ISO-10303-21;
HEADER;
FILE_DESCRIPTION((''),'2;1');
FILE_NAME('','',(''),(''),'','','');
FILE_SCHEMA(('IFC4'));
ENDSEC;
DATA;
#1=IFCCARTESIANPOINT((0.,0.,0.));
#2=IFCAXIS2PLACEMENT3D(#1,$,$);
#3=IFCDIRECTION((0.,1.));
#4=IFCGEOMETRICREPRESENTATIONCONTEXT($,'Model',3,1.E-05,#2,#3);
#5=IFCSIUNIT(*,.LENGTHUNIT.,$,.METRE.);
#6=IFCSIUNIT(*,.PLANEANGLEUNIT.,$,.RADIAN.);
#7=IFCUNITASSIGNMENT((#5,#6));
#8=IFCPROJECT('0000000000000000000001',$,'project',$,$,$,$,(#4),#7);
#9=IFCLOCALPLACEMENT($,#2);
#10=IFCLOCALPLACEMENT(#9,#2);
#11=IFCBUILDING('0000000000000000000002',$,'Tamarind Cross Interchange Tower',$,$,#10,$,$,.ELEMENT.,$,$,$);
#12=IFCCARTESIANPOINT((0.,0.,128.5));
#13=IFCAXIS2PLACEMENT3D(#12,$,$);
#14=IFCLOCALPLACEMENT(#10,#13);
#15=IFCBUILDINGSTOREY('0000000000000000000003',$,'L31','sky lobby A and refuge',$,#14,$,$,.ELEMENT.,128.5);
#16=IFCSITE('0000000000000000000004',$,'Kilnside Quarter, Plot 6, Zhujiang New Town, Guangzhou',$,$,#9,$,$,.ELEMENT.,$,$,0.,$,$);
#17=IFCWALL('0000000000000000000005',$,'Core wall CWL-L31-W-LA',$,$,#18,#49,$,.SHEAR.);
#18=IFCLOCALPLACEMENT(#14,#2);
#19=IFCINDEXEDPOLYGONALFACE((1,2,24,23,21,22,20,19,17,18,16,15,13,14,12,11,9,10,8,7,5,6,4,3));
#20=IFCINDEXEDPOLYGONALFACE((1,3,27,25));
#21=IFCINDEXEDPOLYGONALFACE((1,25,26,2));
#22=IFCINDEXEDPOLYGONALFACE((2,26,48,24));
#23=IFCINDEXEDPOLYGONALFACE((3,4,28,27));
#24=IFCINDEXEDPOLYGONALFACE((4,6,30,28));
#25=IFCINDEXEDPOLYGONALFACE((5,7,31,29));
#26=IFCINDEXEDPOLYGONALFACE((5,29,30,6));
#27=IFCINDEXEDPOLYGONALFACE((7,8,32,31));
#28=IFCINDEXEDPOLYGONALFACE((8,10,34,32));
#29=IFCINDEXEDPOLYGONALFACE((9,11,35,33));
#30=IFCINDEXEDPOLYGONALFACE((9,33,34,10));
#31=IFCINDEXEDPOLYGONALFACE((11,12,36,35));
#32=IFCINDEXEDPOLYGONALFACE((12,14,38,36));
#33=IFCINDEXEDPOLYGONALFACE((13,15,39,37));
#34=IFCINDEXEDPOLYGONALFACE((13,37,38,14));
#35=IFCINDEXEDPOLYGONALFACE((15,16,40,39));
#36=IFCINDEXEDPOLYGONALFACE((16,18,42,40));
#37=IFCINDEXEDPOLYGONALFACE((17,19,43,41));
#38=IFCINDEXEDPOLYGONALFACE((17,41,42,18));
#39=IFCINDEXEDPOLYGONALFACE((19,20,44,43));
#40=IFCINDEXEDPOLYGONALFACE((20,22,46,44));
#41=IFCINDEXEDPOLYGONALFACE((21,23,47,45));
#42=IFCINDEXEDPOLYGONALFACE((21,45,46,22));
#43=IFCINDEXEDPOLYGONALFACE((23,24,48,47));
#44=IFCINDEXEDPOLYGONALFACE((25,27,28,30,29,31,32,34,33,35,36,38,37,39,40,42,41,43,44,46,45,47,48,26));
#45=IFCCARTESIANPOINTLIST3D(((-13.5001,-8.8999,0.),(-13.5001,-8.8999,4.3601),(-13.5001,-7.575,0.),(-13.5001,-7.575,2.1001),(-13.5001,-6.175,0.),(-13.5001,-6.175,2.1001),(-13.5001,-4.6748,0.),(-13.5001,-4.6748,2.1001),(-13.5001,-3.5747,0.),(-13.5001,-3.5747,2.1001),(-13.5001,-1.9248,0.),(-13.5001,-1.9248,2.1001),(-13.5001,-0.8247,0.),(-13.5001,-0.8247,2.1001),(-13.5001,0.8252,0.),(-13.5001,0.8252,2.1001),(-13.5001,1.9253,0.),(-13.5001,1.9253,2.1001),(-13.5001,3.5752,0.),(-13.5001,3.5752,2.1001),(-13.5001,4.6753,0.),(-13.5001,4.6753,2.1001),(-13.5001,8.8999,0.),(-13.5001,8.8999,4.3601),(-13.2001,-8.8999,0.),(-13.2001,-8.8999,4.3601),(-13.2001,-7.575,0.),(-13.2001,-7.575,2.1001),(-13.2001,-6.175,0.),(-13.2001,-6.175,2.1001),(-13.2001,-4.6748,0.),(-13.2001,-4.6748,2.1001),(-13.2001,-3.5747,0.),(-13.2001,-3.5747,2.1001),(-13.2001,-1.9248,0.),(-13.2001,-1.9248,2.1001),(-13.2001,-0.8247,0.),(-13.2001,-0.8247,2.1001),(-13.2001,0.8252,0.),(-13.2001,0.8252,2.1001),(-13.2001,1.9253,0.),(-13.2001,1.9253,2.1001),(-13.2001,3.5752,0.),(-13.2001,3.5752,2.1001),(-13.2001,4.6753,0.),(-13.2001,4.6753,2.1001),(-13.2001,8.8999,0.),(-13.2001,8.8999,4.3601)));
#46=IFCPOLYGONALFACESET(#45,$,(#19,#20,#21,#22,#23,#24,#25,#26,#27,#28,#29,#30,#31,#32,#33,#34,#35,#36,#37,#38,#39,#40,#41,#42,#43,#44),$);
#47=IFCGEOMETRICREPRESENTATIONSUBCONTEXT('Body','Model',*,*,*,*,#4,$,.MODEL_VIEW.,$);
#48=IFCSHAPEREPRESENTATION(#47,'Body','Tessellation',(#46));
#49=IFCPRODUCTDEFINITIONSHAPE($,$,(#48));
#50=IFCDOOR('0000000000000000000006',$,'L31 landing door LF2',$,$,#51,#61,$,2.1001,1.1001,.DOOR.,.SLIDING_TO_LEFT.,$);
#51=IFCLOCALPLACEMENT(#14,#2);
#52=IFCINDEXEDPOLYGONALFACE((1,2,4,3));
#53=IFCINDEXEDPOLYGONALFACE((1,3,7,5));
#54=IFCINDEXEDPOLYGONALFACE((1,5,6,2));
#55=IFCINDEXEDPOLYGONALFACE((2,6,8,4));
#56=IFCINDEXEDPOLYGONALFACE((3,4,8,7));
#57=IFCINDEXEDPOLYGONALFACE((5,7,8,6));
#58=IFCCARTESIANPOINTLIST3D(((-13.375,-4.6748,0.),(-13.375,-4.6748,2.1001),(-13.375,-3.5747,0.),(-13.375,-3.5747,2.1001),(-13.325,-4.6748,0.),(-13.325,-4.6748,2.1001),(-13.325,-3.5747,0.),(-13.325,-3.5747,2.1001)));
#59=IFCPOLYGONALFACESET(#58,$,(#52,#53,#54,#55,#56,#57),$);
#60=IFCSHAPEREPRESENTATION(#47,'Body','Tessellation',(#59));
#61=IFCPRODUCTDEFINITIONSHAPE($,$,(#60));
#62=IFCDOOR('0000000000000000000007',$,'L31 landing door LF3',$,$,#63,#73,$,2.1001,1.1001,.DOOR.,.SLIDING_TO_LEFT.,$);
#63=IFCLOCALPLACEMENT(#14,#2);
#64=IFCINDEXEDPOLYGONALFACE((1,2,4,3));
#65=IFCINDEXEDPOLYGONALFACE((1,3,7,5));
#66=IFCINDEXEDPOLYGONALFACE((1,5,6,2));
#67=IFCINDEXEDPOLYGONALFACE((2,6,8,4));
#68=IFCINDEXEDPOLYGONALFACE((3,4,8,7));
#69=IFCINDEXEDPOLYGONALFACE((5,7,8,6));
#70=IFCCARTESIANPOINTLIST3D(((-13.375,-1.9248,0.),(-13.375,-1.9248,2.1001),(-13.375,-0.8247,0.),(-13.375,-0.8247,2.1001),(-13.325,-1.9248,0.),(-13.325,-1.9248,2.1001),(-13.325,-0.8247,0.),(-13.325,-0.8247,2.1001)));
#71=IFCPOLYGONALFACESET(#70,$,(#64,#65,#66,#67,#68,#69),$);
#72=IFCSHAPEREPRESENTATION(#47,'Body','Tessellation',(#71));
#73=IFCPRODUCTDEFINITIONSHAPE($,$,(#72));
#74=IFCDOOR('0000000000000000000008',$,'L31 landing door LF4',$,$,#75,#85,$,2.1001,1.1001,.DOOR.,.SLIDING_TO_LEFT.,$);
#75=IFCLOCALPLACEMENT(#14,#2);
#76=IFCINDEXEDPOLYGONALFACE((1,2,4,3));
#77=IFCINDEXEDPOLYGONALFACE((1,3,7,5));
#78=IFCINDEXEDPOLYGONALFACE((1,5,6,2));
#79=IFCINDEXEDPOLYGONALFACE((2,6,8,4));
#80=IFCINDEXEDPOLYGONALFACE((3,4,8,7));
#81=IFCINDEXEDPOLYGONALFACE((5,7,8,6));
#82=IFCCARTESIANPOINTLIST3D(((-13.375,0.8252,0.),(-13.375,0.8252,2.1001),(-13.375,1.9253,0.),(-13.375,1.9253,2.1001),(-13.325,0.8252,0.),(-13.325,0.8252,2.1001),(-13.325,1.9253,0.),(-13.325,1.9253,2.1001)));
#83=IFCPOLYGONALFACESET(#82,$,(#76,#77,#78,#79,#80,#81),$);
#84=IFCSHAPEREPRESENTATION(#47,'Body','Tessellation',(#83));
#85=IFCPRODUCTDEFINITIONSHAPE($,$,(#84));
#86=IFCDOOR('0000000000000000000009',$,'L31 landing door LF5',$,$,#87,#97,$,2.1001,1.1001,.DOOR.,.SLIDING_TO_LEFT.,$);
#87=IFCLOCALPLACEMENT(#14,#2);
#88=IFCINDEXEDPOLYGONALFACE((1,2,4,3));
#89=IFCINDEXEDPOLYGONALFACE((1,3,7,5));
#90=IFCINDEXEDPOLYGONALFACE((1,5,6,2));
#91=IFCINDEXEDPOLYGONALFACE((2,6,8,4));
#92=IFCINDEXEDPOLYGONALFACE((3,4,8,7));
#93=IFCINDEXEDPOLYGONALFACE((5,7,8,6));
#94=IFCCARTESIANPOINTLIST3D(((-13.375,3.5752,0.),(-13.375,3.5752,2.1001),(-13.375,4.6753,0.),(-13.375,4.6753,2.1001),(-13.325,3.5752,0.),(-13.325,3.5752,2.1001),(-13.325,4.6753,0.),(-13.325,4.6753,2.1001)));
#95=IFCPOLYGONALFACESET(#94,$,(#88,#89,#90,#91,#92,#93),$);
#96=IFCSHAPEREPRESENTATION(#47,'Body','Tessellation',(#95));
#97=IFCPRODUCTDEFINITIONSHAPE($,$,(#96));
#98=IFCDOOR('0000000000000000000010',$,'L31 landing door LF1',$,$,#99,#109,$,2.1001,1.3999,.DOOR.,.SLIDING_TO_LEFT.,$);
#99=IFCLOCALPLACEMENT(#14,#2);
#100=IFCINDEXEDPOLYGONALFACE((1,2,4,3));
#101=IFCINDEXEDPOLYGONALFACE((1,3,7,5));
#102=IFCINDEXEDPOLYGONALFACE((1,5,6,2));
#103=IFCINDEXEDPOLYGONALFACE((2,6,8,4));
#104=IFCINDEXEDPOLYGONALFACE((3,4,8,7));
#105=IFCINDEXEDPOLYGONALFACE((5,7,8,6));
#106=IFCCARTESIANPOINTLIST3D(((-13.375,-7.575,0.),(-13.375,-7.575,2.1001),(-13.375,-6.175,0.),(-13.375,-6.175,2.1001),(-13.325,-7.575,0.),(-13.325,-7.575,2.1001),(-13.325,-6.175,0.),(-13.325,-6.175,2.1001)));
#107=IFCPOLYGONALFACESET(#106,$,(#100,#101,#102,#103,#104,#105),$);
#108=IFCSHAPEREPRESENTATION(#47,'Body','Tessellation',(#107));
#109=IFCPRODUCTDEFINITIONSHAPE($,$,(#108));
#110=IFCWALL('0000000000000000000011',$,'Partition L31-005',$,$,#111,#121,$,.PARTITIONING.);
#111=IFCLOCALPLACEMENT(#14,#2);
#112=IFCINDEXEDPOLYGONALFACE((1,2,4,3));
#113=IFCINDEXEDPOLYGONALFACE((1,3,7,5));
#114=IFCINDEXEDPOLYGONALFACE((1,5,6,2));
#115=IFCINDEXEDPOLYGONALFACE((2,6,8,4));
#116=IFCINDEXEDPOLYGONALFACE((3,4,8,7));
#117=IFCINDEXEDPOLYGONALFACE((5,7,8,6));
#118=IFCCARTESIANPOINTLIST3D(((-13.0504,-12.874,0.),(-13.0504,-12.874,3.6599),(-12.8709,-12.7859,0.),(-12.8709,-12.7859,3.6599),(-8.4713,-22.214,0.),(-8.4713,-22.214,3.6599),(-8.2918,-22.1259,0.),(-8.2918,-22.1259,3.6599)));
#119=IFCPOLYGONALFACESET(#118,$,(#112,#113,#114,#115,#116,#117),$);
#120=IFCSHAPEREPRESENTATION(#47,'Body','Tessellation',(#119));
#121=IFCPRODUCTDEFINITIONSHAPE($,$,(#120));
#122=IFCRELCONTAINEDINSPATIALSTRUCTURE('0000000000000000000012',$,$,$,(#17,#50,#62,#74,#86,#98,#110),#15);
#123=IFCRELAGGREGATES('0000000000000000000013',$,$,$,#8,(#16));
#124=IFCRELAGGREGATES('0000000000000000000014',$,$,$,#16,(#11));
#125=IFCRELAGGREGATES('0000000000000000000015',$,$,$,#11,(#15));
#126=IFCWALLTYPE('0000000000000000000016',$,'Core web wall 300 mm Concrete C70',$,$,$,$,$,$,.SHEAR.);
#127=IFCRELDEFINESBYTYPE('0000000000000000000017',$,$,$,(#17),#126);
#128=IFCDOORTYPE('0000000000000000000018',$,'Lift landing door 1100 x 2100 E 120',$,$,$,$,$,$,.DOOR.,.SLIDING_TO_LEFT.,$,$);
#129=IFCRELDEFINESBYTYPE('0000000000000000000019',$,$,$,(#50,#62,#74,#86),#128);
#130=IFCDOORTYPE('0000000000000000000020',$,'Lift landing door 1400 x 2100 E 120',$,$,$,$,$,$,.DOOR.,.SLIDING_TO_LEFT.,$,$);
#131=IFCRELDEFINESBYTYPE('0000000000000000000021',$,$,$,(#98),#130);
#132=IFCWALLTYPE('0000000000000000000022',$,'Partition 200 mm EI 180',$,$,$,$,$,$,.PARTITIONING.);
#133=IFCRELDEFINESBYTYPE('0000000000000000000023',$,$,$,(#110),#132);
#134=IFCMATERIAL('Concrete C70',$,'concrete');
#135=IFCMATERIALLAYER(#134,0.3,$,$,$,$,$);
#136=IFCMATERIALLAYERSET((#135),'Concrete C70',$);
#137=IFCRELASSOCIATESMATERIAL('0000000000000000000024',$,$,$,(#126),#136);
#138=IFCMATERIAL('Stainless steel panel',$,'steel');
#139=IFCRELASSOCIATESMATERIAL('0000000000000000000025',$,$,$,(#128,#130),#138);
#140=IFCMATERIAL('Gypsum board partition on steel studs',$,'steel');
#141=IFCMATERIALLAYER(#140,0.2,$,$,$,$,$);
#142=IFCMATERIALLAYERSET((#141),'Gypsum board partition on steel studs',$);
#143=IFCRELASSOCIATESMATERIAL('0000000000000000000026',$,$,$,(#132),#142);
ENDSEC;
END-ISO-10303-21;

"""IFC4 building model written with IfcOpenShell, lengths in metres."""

from ifc_helpers import new_model, si_unit, direction, frame, frame_2d, origin, place, context, subcontext, project, spatial, rectangle, extrude, material, layer, layer_set, type_object, element, fill, save


model = new_model("IFC4")

# Units and contexts
model_context = context("Model", 3, precision=1e-05, world=origin(), true_north=direction((0.0, 1.0)))
body_context = subcontext(model_context, "Body", "Model", "MODEL_VIEW")
ifc_project = project(units=[si_unit("LENGTHUNIT", "METRE"), si_unit("PLANEANGLEUNIT", "RADIAN")], contexts=[model_context])

# Site, building, storey
site_placement = place(None, origin())
site = spatial("IfcSite", under=ifc_project, at=site_placement, Name="Kilnside Quarter, Plot 6, Zhujiang New Town, Guangzhou", CompositionType="ELEMENT", RefElevation=0.0)
building_placement = place(site_placement, origin())
building = spatial("IfcBuilding", under=site, at=building_placement, Name="Tamarind Cross Interchange Tower", CompositionType="ELEMENT")
storey_placement = place(building_placement, frame((0.0, 0.0, 128.5)))
storey = spatial("IfcBuildingStorey", under=building, at=storey_placement, Name="L31", Description="sky lobby A and refuge", CompositionType="ELEMENT", Elevation=128.5)

# Wall, openings, doors
ifc_material_1 = material(Name="Concrete C70", Category="concrete")
ifc_layer_1 = layer(ifc_material_1, 0.3)
ifc_layer_set_1 = layer_set([ifc_layer_1], Name="Concrete C70")
wall_type_1 = type_object("IfcWallType", Name="Core web wall 300 mm Concrete C70", PredefinedType="SHEAR", material=ifc_layer_set_1)
wall_1_placement = place(storey_placement, frame((-13.3501, -8.8999, 0.0), z_axis=(0.0, 0.0, 1.0), x_axis=(0.0, 1.0, 0.0)))
wall_1 = element("IfcWall", 1, at=wall_1_placement, inside=storey, type_object=wall_type_1, Name="Core wall CWL-L31-W-LA", PredefinedType="SHEAR", context=body_context, shape_type="SweptSolid", body=[
    extrude(rectangle(XDim=17.7998, YDim=0.3, at=frame_2d((8.8999, 0.0))), origin(), (0.0, 0.0, 1.0), 4.3601),
])
opening_1_placement = place(wall_1_placement, frame((1.325, 0.0, 0.0)))
opening_1 = element("IfcOpeningElement", 2, at=opening_1_placement, cuts=wall_1, PredefinedType="OPENING", context=body_context, shape_type="SweptSolid", body=[
    extrude(rectangle(XDim=1.3999, YDim=2.1001, at=frame_2d((0.7, 1.05))), frame((0.0, 0.1599, 0.0), z_axis=(0.0, -1.0, 0.0), x_axis=(1.0, 0.0, 0.0)), (0.0, 0.0, 1.0), 0.3201),
])
opening_2_placement = place(wall_1_placement, frame((4.2251, 0.0, 0.0)))
opening_2 = element("IfcOpeningElement", 3, at=opening_2_placement, cuts=wall_1, PredefinedType="OPENING", context=body_context, shape_type="SweptSolid", body=[
    extrude(rectangle(XDim=1.1001, YDim=2.1001, at=frame_2d((0.55, 1.05))), frame((0.0, 0.1599, 0.0), z_axis=(0.0, -1.0, 0.0), x_axis=(1.0, 0.0, 0.0)), (0.0, 0.0, 1.0), 0.3201),
])
opening_3_placement = place(wall_1_placement, frame((6.9751, 0.0, 0.0)))
opening_3 = element("IfcOpeningElement", 4, at=opening_3_placement, cuts=wall_1, PredefinedType="OPENING", context=body_context, shape_type="SweptSolid", body=[
    extrude(rectangle(XDim=1.1001, YDim=2.1001, at=frame_2d((0.55, 1.05))), frame((0.0, 0.1599, 0.0), z_axis=(0.0, -1.0, 0.0), x_axis=(1.0, 0.0, 0.0)), (0.0, 0.0, 1.0), 0.3201),
])
opening_4_placement = place(wall_1_placement, frame((9.7251, 0.0, 0.0)))
opening_4 = element("IfcOpeningElement", 5, at=opening_4_placement, cuts=wall_1, PredefinedType="OPENING", context=body_context, shape_type="SweptSolid", body=[
    extrude(rectangle(XDim=1.1001, YDim=2.1001, at=frame_2d((0.55, 1.05))), frame((0.0, 0.1599, 0.0), z_axis=(0.0, -1.0, 0.0), x_axis=(1.0, 0.0, 0.0)), (0.0, 0.0, 1.0), 0.3201),
])
opening_5_placement = place(wall_1_placement, frame((12.4751, 0.0, 0.0)))
opening_5 = element("IfcOpeningElement", 6, at=opening_5_placement, cuts=wall_1, PredefinedType="OPENING", context=body_context, shape_type="SweptSolid", body=[
    extrude(rectangle(XDim=1.1001, YDim=2.1001, at=frame_2d((0.55, 1.05))), frame((0.0, 0.1599, 0.0), z_axis=(0.0, -1.0, 0.0), x_axis=(1.0, 0.0, 0.0)), (0.0, 0.0, 1.0), 0.3201),
])
ifc_material_2 = material(Name="Stainless steel panel", Category="steel")
door_type_1 = type_object("IfcDoorType", Name="Lift landing door 1100 x 2100 E 120", OperationType="SLIDING_TO_LEFT", PredefinedType="DOOR", material=ifc_material_2)
door_1_placement = place(opening_2_placement, origin())
door_1 = element("IfcDoor", 7, at=door_1_placement, inside=storey, type_object=door_type_1, Name="L31 landing door LF2", OperationType="SLIDING_TO_LEFT", OverallHeight=2.1001, OverallWidth=1.1001, PredefinedType="DOOR", context=body_context, shape_type="SweptSolid", body=[
    extrude(rectangle(XDim=1.1001, YDim=2.1001, at=frame_2d((0.55, 1.05))), frame((0.0, 0.0249, 0.0), z_axis=(0.0, -1.0, 0.0), x_axis=(1.0, 0.0, 0.0)), (0.0, 0.0, 1.0), 0.05),
])
fill(opening_2, door_1)
door_2_placement = place(opening_3_placement, origin())
door_2 = element("IfcDoor", 8, at=door_2_placement, inside=storey, type_object=door_type_1, Name="L31 landing door LF3", OperationType="SLIDING_TO_LEFT", OverallHeight=2.1001, OverallWidth=1.1001, PredefinedType="DOOR", context=body_context, shape_type="SweptSolid", body=[
    extrude(rectangle(XDim=1.1001, YDim=2.1001, at=frame_2d((0.55, 1.05))), frame((0.0, 0.0249, 0.0), z_axis=(0.0, -1.0, 0.0), x_axis=(1.0, 0.0, 0.0)), (0.0, 0.0, 1.0), 0.05),
])
fill(opening_3, door_2)
door_3_placement = place(opening_4_placement, origin())
door_3 = element("IfcDoor", 9, at=door_3_placement, inside=storey, type_object=door_type_1, Name="L31 landing door LF4", OperationType="SLIDING_TO_LEFT", OverallHeight=2.1001, OverallWidth=1.1001, PredefinedType="DOOR", context=body_context, shape_type="SweptSolid", body=[
    extrude(rectangle(XDim=1.1001, YDim=2.1001, at=frame_2d((0.55, 1.05))), frame((0.0, 0.0249, 0.0), z_axis=(0.0, -1.0, 0.0), x_axis=(1.0, 0.0, 0.0)), (0.0, 0.0, 1.0), 0.05),
])
fill(opening_4, door_3)
door_4_placement = place(opening_5_placement, origin())
door_4 = element("IfcDoor", 10, at=door_4_placement, inside=storey, type_object=door_type_1, Name="L31 landing door LF5", OperationType="SLIDING_TO_LEFT", OverallHeight=2.1001, OverallWidth=1.1001, PredefinedType="DOOR", context=body_context, shape_type="SweptSolid", body=[
    extrude(rectangle(XDim=1.1001, YDim=2.1001, at=frame_2d((0.55, 1.05))), frame((0.0, 0.0249, 0.0), z_axis=(0.0, -1.0, 0.0), x_axis=(1.0, 0.0, 0.0)), (0.0, 0.0, 1.0), 0.05),
])
fill(opening_5, door_4)
door_type_2 = type_object("IfcDoorType", Name="Lift landing door 1400 x 2100 E 120", OperationType="SLIDING_TO_LEFT", PredefinedType="DOOR", material=ifc_material_2)
door_5_placement = place(opening_1_placement, origin())
door_5 = element("IfcDoor", 11, at=door_5_placement, inside=storey, type_object=door_type_2, Name="L31 landing door LF1", OperationType="SLIDING_TO_LEFT", OverallHeight=2.1001, OverallWidth=1.3999, PredefinedType="DOOR", context=body_context, shape_type="SweptSolid", body=[
    extrude(rectangle(XDim=1.3999, YDim=2.1001, at=frame_2d((0.7, 1.05))), frame((0.0, 0.0249, 0.0), z_axis=(0.0, -1.0, 0.0), x_axis=(1.0, 0.0, 0.0)), (0.0, 0.0, 1.0), 0.05),
])
fill(opening_1, door_5)

# Wall
ifc_material_3 = material(Name="Gypsum board partition on steel studs", Category="steel")
ifc_layer_2 = layer(ifc_material_3, 0.2)
ifc_layer_set_2 = layer_set([ifc_layer_2], Name="Gypsum board partition on steel studs")
wall_type_2 = type_object("IfcWallType", Name="Partition 200 mm EI 180", PredefinedType="PARTITIONING", material=ifc_layer_set_2)
wall_2_placement = place(storey_placement, frame((-12.9607, -12.8298, 0.0), z_axis=(0.0, 0.0, 1.0), x_axis=(0.440206, -0.897897, 0.0)))
element("IfcWall", 12, at=wall_2_placement, inside=storey, type_object=wall_type_2, Name="Partition L31-005", PredefinedType="PARTITIONING", context=body_context, shape_type="SweptSolid", body=[
    extrude(rectangle(XDim=10.4021, YDim=0.2, at=frame_2d((5.2012, 0.0))), origin(), (0.0, 0.0, 1.0), 3.6599),
])

save(model, "model.ifc")
